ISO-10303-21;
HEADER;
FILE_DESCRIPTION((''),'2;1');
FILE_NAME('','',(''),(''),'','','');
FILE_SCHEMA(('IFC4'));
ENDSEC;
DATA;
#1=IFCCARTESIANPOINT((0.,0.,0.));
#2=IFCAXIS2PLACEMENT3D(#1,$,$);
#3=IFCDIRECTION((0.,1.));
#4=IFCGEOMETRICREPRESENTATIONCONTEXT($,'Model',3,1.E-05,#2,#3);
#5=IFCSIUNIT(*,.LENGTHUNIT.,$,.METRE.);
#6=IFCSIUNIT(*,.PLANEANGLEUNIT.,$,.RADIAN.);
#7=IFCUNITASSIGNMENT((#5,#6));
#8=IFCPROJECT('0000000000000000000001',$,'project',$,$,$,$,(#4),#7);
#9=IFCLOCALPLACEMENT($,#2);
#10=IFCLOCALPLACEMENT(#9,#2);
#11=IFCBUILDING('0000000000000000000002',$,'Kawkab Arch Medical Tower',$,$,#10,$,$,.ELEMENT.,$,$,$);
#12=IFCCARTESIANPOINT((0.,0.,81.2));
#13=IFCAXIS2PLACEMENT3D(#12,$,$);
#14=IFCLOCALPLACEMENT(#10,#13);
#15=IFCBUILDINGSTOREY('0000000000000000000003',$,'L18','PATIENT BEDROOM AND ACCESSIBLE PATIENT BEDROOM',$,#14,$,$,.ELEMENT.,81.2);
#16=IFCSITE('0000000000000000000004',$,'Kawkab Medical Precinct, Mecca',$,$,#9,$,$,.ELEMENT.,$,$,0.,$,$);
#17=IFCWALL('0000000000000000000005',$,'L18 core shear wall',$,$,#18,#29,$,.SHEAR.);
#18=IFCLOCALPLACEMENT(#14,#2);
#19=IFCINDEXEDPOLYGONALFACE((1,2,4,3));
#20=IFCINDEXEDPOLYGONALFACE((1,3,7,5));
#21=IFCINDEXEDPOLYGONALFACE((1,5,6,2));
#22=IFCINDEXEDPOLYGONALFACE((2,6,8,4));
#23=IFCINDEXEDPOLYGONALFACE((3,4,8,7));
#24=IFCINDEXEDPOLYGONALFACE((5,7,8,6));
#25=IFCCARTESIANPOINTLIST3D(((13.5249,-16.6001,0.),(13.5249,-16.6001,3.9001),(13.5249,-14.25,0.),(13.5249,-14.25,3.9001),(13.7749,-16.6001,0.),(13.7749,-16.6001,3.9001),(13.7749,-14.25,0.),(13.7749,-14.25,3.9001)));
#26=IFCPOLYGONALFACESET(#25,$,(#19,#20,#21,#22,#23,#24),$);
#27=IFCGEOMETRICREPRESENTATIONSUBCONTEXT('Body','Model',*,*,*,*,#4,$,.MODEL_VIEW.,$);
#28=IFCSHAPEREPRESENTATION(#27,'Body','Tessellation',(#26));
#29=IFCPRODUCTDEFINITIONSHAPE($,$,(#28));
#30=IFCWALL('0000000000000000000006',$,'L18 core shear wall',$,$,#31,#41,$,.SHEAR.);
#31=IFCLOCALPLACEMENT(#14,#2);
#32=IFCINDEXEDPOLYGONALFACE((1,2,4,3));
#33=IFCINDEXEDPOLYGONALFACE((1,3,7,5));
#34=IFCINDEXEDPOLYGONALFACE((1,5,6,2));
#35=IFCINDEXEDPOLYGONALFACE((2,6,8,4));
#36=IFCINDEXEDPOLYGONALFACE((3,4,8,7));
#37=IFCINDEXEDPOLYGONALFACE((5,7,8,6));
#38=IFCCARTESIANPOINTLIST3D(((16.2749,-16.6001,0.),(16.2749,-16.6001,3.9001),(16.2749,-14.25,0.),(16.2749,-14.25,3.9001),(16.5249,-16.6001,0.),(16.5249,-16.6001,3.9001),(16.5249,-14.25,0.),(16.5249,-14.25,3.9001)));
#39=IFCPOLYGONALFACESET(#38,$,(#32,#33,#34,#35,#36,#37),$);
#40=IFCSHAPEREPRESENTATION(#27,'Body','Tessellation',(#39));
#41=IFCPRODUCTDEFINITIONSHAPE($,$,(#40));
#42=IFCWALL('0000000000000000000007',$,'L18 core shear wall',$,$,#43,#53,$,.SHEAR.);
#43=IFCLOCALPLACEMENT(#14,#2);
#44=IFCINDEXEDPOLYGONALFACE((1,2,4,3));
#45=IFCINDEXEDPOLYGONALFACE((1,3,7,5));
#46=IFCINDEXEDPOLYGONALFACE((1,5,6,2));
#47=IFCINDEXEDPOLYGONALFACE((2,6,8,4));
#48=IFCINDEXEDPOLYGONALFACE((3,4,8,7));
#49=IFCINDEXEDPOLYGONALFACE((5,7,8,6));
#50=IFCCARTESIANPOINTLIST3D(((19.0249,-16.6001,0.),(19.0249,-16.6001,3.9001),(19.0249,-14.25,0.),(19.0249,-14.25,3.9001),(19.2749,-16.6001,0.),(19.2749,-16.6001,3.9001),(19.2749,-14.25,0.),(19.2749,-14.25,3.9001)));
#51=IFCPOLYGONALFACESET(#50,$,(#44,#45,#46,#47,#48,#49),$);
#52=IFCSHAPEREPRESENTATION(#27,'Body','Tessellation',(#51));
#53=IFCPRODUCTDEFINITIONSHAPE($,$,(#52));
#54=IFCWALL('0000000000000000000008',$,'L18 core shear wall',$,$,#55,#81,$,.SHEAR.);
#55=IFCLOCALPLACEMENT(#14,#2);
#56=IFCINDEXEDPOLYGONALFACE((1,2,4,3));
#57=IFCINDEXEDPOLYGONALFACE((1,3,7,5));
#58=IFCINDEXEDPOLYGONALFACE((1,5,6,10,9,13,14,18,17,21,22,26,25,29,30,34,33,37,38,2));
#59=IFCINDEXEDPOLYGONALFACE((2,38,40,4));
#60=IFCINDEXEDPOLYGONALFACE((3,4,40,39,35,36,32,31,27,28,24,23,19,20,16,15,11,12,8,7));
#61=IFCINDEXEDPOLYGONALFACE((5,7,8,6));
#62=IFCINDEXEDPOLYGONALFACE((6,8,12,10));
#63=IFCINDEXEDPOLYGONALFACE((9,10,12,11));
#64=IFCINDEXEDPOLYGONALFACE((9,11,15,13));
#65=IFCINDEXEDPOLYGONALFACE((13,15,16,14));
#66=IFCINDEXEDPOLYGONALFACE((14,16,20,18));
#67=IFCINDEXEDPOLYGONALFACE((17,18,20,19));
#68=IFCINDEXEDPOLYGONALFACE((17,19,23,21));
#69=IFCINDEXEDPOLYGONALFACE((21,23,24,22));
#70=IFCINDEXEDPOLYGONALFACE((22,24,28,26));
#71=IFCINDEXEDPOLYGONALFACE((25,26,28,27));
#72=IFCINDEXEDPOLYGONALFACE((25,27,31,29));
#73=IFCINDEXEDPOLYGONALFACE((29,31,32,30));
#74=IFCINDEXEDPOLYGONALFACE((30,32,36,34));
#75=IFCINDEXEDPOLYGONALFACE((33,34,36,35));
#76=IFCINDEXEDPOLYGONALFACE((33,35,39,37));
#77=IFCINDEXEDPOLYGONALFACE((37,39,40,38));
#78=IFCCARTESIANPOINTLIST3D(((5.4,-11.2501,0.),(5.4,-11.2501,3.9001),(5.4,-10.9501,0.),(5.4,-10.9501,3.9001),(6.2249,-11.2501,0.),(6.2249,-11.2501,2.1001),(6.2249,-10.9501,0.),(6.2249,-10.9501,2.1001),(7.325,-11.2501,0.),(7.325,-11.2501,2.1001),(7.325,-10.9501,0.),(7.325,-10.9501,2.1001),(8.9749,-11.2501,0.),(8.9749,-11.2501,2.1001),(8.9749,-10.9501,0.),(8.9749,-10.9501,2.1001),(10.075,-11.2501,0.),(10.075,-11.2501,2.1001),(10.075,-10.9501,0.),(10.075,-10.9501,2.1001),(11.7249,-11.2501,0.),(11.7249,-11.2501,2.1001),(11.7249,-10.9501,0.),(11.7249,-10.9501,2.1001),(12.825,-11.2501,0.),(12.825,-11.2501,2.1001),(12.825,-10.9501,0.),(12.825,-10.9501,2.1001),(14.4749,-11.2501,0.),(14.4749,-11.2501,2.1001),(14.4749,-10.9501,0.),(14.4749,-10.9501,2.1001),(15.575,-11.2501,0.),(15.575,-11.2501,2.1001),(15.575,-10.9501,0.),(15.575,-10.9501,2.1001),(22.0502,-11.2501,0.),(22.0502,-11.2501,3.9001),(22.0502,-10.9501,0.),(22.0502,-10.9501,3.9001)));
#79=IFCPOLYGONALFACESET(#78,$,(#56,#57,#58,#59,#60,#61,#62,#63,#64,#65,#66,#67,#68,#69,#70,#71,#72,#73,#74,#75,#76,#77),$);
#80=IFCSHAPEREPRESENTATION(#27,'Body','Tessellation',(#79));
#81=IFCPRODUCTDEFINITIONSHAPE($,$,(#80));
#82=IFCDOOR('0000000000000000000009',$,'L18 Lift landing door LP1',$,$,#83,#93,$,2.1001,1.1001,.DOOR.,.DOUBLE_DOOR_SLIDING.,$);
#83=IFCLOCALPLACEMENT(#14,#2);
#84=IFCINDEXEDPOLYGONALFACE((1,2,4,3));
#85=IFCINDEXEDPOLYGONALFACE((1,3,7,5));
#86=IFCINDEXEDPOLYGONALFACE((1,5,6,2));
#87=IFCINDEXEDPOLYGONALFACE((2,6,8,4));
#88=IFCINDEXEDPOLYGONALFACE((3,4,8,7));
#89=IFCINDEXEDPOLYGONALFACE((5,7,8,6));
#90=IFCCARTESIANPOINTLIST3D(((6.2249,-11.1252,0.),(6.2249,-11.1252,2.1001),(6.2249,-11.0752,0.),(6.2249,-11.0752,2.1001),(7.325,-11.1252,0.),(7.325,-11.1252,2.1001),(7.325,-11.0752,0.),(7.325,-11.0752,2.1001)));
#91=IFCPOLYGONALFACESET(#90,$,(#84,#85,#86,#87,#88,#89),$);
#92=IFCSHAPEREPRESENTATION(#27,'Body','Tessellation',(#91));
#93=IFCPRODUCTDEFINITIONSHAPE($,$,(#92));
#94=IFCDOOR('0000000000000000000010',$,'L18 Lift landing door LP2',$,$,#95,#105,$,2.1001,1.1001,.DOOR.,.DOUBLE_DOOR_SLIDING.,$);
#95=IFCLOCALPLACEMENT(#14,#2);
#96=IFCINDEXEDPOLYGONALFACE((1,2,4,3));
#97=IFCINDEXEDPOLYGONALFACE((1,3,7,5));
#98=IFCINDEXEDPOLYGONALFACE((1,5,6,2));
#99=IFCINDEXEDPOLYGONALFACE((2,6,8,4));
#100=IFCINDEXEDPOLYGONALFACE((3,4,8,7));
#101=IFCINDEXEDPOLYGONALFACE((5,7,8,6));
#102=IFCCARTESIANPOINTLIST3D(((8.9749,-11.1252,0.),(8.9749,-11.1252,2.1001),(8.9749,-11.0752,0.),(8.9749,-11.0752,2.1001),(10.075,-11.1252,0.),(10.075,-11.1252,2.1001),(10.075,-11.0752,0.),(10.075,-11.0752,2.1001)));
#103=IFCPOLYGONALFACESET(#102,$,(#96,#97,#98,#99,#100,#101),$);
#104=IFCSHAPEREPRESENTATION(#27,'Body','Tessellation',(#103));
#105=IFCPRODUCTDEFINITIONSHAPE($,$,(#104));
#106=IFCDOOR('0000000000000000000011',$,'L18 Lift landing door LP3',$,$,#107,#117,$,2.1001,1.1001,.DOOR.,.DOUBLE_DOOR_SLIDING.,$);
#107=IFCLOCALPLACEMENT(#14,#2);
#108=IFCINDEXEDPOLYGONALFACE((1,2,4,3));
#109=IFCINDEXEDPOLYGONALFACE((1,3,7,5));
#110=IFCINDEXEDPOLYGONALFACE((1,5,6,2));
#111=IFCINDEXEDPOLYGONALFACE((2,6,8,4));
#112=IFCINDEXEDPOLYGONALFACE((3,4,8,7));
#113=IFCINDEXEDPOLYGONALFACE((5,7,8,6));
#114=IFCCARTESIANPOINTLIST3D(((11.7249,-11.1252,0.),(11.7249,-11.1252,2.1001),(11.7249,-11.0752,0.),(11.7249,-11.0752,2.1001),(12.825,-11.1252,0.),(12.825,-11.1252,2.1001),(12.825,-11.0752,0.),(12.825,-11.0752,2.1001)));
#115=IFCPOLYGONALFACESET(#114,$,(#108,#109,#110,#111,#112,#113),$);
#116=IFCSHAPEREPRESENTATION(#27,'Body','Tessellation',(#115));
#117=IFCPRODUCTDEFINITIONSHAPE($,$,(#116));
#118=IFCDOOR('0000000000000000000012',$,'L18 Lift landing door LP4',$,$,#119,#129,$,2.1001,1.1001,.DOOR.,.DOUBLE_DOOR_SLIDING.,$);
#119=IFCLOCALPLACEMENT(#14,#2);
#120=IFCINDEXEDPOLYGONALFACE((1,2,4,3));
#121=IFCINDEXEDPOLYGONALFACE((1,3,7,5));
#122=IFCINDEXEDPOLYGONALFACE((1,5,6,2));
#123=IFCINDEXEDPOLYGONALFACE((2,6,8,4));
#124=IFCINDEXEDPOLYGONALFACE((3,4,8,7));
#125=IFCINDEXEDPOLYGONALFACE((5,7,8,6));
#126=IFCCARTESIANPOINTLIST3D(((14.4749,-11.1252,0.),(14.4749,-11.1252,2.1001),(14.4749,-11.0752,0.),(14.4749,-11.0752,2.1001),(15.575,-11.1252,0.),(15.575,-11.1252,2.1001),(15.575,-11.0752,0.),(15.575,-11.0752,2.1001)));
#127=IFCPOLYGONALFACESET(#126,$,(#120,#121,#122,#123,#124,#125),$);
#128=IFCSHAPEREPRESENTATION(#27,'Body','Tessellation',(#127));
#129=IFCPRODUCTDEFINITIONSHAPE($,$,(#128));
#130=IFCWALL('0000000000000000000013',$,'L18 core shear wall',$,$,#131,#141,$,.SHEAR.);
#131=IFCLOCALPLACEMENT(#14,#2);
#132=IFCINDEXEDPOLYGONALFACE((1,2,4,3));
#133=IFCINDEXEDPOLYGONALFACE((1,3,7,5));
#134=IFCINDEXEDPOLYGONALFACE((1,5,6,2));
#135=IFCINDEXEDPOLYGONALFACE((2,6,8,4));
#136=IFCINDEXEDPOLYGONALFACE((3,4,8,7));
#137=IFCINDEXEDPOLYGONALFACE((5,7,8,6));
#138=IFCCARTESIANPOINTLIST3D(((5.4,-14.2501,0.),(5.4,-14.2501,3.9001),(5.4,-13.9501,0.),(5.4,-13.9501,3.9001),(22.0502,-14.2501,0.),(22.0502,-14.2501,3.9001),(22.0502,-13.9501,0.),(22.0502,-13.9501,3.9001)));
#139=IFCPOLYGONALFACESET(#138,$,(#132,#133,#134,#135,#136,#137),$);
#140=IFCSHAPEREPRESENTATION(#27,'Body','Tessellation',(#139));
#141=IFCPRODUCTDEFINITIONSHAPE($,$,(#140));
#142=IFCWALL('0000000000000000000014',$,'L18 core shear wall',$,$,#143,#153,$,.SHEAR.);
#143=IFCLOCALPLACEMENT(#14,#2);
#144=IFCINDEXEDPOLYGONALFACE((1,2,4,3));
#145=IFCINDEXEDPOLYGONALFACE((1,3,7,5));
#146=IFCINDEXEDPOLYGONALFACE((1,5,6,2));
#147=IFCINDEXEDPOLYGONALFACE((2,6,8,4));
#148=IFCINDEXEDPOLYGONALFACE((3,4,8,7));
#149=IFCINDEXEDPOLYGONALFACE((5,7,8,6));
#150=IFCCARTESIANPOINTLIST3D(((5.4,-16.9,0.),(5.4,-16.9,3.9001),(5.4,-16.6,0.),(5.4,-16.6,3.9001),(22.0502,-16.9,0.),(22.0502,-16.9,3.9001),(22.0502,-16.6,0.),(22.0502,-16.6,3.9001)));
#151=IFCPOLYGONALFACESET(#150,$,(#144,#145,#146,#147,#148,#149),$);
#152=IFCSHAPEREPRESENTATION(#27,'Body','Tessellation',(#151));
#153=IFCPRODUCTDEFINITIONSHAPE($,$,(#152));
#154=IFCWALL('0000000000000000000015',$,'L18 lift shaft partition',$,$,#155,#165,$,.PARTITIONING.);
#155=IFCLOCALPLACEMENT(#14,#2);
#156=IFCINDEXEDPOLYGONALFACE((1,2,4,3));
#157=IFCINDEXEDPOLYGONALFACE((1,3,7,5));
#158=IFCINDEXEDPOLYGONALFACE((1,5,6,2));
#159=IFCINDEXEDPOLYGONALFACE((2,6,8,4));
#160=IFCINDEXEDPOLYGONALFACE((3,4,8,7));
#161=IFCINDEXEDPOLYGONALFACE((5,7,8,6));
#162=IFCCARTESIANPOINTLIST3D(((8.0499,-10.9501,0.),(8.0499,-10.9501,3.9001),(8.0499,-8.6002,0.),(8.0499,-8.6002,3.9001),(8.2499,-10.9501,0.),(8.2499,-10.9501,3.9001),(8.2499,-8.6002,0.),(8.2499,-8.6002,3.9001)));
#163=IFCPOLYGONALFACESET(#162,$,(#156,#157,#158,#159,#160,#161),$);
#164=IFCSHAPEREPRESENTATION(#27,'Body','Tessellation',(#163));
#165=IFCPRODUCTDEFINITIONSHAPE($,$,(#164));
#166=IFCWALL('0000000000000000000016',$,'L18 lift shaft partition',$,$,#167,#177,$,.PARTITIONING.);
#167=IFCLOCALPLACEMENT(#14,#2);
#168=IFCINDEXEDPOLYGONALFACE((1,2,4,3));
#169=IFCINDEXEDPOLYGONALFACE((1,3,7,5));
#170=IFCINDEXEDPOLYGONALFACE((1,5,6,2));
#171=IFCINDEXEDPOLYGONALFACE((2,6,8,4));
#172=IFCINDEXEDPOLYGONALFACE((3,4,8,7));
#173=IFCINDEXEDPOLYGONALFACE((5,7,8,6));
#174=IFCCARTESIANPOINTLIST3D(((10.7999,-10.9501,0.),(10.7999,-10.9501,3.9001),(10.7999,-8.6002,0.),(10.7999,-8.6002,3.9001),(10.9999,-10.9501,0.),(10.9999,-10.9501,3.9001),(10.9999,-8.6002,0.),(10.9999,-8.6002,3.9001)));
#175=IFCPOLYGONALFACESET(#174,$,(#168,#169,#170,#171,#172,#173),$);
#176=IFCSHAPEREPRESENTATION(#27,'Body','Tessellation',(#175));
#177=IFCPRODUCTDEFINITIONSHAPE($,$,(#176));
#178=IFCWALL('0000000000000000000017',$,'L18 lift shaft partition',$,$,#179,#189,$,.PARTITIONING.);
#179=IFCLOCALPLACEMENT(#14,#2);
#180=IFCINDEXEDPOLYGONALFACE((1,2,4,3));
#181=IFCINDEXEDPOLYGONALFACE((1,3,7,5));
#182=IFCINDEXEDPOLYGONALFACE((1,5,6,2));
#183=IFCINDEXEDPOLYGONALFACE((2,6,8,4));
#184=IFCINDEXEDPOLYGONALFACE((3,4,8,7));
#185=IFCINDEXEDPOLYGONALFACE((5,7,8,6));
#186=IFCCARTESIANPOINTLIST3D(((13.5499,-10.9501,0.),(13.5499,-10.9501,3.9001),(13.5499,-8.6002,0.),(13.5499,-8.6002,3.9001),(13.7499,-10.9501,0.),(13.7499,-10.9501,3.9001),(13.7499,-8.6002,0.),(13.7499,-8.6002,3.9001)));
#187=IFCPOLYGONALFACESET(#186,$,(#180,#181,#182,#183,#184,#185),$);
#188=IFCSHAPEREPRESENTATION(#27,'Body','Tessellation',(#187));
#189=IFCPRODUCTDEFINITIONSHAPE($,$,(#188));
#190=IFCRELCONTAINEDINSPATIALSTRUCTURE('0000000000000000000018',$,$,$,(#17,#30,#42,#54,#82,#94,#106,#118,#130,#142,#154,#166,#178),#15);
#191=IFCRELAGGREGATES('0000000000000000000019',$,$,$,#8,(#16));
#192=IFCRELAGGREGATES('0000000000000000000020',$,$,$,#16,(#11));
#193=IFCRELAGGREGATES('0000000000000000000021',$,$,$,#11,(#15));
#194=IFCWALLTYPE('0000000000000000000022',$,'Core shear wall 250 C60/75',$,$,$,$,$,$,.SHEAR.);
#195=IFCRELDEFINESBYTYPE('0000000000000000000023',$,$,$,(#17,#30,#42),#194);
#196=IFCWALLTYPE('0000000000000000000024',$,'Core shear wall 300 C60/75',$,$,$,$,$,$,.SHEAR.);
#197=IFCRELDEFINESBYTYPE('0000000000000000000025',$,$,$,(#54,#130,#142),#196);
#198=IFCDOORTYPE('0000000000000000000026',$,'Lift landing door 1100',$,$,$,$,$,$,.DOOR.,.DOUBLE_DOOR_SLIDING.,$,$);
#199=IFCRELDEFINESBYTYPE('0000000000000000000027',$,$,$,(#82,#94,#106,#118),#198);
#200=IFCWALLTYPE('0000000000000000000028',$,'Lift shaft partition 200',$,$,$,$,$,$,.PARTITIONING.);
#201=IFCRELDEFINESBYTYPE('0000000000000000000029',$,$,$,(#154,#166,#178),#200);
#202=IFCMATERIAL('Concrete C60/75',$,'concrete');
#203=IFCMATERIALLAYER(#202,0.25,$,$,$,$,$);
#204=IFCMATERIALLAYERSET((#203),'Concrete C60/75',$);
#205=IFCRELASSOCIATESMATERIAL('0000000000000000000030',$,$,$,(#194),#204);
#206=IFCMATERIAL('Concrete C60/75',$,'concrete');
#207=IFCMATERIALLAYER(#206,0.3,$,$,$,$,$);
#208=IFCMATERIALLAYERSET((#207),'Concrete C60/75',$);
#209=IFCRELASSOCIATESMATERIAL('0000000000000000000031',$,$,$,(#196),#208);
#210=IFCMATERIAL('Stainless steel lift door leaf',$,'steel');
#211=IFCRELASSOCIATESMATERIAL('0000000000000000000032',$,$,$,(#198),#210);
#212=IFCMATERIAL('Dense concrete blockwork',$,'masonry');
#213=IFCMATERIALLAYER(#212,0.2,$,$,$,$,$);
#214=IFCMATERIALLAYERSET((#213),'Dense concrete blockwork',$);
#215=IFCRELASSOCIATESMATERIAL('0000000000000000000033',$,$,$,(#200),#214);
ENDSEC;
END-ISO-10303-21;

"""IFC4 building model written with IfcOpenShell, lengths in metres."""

from ifc_helpers import new_model, si_unit, direction, frame, frame_2d, origin, place, context, subcontext, project, spatial, rectangle, extrude, material, layer, layer_set, type_object, element, fill, save


model = new_model("IFC4")

# Units and contexts
model_context = context("Model", 3, precision=1e-05, world=origin(), true_north=direction((0.0, 1.0)))
body_context = subcontext(model_context, "Body", "Model", "MODEL_VIEW")
ifc_project = project(units=[si_unit("LENGTHUNIT", "METRE"), si_unit("PLANEANGLEUNIT", "RADIAN")], contexts=[model_context])

# Site, building, storey
site_placement = place(None, origin())
site = spatial("IfcSite", under=ifc_project, at=site_placement, Name="Kawkab Medical Precinct, Mecca", CompositionType="ELEMENT", RefElevation=0.0)
building_placement = place(site_placement, origin())
building = spatial("IfcBuilding", under=site, at=building_placement, Name="Kawkab Arch Medical Tower", CompositionType="ELEMENT")
storey_placement = place(building_placement, frame((0.0, 0.0, 81.2)))
storey = spatial("IfcBuildingStorey", under=building, at=storey_placement, Name="L18", Description="PATIENT BEDROOM AND ACCESSIBLE PATIENT BEDROOM", CompositionType="ELEMENT", Elevation=81.2)

# Walls
ifc_material_1 = material(Name="Concrete C60/75", Category="concrete")
ifc_layer_1 = layer(ifc_material_1, 0.25)
ifc_layer_set_1 = layer_set([ifc_layer_1], Name="Concrete C60/75")
wall_type_1 = type_object("IfcWallType", Name="Core shear wall 250 C60/75", PredefinedType="SHEAR", material=ifc_layer_set_1)
for number, where, z_axis, x_axis, name in (
    (1, (13.6499, -16.6001, 0.0), (0.0, 0.0, 1.0), (0.0, 1.0, 0.0), "L18 core shear wall"),
    (2, (16.3999, -16.6001, 0.0), (0.0, 0.0, 1.0), (0.0, 1.0, 0.0), "L18 core shear wall"),
    (3, (19.1499, -16.6001, 0.0), (0.0, 0.0, 1.0), (0.0, 1.0, 0.0), "L18 core shear wall"),
):
    element("IfcWall", number, at=place(storey_placement, frame(where, z_axis=z_axis, x_axis=x_axis)), inside=storey, type_object=wall_type_1, Name=name, PredefinedType="SHEAR", context=body_context, shape_type="SweptSolid", body=[
        extrude(rectangle(XDim=2.3501, YDim=0.25, at=frame_2d((1.175, 0.0))), origin(), (0.0, 0.0, 1.0), 3.9001),
    ])

# Wall, openings, doors
ifc_material_2 = material(Name="Concrete C60/75", Category="concrete")
ifc_layer_2 = layer(ifc_material_2, 0.3)
ifc_layer_set_2 = layer_set([ifc_layer_2], Name="Concrete C60/75")
wall_type_2 = type_object("IfcWallType", Name="Core shear wall 300 C60/75", PredefinedType="SHEAR", material=ifc_layer_set_2)
wall_placement = place(storey_placement, frame((5.3999, -11.1001, 0.0), z_axis=(0.0, 0.0, 1.0), x_axis=(1.0, 0.0, 0.0)))
wall = element("IfcWall", 4, at=wall_placement, inside=storey, type_object=wall_type_2, Name="L18 core shear wall", PredefinedType="SHEAR", context=body_context, shape_type="SweptSolid", body=[
    extrude(rectangle(XDim=16.6501, YDim=0.3, at=frame_2d((8.3252, 0.0))), origin(), (0.0, 0.0, 1.0), 3.9001),
])
opening_1_placement = place(wall_placement, frame((0.825, 0.0, 0.0)))
opening_1 = element("IfcOpeningElement", 5, at=opening_1_placement, cuts=wall, PredefinedType="OPENING", context=body_context, shape_type="SweptSolid", body=[
    extrude(rectangle(XDim=1.1001, YDim=2.1001, at=frame_2d((0.55, 1.05))), frame((0.0, 0.1599, 0.0), z_axis=(0.0, -1.0, 0.0), x_axis=(1.0, 0.0, 0.0)), (0.0, 0.0, 1.0), 0.3201),
])
opening_2_placement = place(wall_placement, frame((3.575, 0.0, 0.0)))
opening_2 = element("IfcOpeningElement", 6, at=opening_2_placement, cuts=wall, PredefinedType="OPENING", context=body_context, shape_type="SweptSolid", body=[
    extrude(rectangle(XDim=1.1001, YDim=2.1001, at=frame_2d((0.55, 1.05))), frame((0.0, 0.1599, 0.0), z_axis=(0.0, -1.0, 0.0), x_axis=(1.0, 0.0, 0.0)), (0.0, 0.0, 1.0), 0.3201),
])
opening_3_placement = place(wall_placement, frame((6.325, 0.0, 0.0)))
opening_3 = element("IfcOpeningElement", 7, at=opening_3_placement, cuts=wall, PredefinedType="OPENING", context=body_context, shape_type="SweptSolid", body=[
    extrude(rectangle(XDim=1.1001, YDim=2.1001, at=frame_2d((0.55, 1.05))), frame((0.0, 0.1599, 0.0), z_axis=(0.0, -1.0, 0.0), x_axis=(1.0, 0.0, 0.0)), (0.0, 0.0, 1.0), 0.3201),
])
opening_4_placement = place(wall_placement, frame((9.075, 0.0, 0.0)))
opening_4 = element("IfcOpeningElement", 8, at=opening_4_placement, cuts=wall, PredefinedType="OPENING", context=body_context, shape_type="SweptSolid", body=[
    extrude(rectangle(XDim=1.1001, YDim=2.1001, at=frame_2d((0.55, 1.05))), frame((0.0, 0.1599, 0.0), z_axis=(0.0, -1.0, 0.0), x_axis=(1.0, 0.0, 0.0)), (0.0, 0.0, 1.0), 0.3201),
])
ifc_material_3 = material(Name="Stainless steel lift door leaf", Category="steel")
door_type = type_object("IfcDoorType", Name="Lift landing door 1100", OperationType="DOUBLE_DOOR_SLIDING", PredefinedType="DOOR", material=ifc_material_3)
door_1_placement = place(opening_1_placement, origin())
door_1 = element("IfcDoor", 9, at=door_1_placement, inside=storey, type_object=door_type, Name="L18 Lift landing door LP1", OperationType="DOUBLE_DOOR_SLIDING", OverallHeight=2.1001, OverallWidth=1.1001, PredefinedType="DOOR", context=body_context, shape_type="SweptSolid", body=[
    extrude(rectangle(XDim=1.1001, YDim=2.1001, at=frame_2d((0.55, 1.05))), frame((0.0, 0.0249, 0.0), z_axis=(0.0, -1.0, 0.0), x_axis=(1.0, 0.0, 0.0)), (0.0, 0.0, 1.0), 0.05),
])
fill(opening_1, door_1)
door_2_placement = place(opening_2_placement, origin())
door_2 = element("IfcDoor", 10, at=door_2_placement, inside=storey, type_object=door_type, Name="L18 Lift landing door LP2", OperationType="DOUBLE_DOOR_SLIDING", OverallHeight=2.1001, OverallWidth=1.1001, PredefinedType="DOOR", context=body_context, shape_type="SweptSolid", body=[
    extrude(rectangle(XDim=1.1001, YDim=2.1001, at=frame_2d((0.55, 1.05))), frame((0.0, 0.0249, 0.0), z_axis=(0.0, -1.0, 0.0), x_axis=(1.0, 0.0, 0.0)), (0.0, 0.0, 1.0), 0.05),
])
fill(opening_2, door_2)
door_3_placement = place(opening_3_placement, origin())
door_3 = element("IfcDoor", 11, at=door_3_placement, inside=storey, type_object=door_type, Name="L18 Lift landing door LP3", OperationType="DOUBLE_DOOR_SLIDING", OverallHeight=2.1001, OverallWidth=1.1001, PredefinedType="DOOR", context=body_context, shape_type="SweptSolid", body=[
    extrude(rectangle(XDim=1.1001, YDim=2.1001, at=frame_2d((0.55, 1.05))), frame((0.0, 0.0249, 0.0), z_axis=(0.0, -1.0, 0.0), x_axis=(1.0, 0.0, 0.0)), (0.0, 0.0, 1.0), 0.05),
])
fill(opening_3, door_3)
door_4_placement = place(opening_4_placement, origin())
door_4 = element("IfcDoor", 12, at=door_4_placement, inside=storey, type_object=door_type, Name="L18 Lift landing door LP4", OperationType="DOUBLE_DOOR_SLIDING", OverallHeight=2.1001, OverallWidth=1.1001, PredefinedType="DOOR", context=body_context, shape_type="SweptSolid", body=[
    extrude(rectangle(XDim=1.1001, YDim=2.1001, at=frame_2d((0.55, 1.05))), frame((0.0, 0.0249, 0.0), z_axis=(0.0, -1.0, 0.0), x_axis=(1.0, 0.0, 0.0)), (0.0, 0.0, 1.0), 0.05),
])
fill(opening_4, door_4)

# Walls
for number, where, z_axis, x_axis, name in (
    (13, (5.3999, -14.1001, 0.0), (0.0, 0.0, 1.0), (1.0, 0.0, 0.0), "L18 core shear wall"),
    (14, (5.3999, -16.75, 0.0), (0.0, 0.0, 1.0), (1.0, 0.0, 0.0), "L18 core shear wall"),
):
    element("IfcWall", number, at=place(storey_placement, frame(where, z_axis=z_axis, x_axis=x_axis)), inside=storey, type_object=wall_type_2, Name=name, PredefinedType="SHEAR", context=body_context, shape_type="SweptSolid", body=[
        extrude(rectangle(XDim=16.6501, YDim=0.3, at=frame_2d((8.3252, 0.0))), origin(), (0.0, 0.0, 1.0), 3.9001),
    ])
ifc_material_4 = material(Name="Dense concrete blockwork", Category="masonry")
ifc_layer_3 = layer(ifc_material_4, 0.2)
ifc_layer_set_3 = layer_set([ifc_layer_3], Name="Dense concrete blockwork")
wall_type_3 = type_object("IfcWallType", Name="Lift shaft partition 200", PredefinedType="PARTITIONING", material=ifc_layer_set_3)
for number, where, z_axis, x_axis, name in (
    (15, (8.1499, -10.95, 0.0), (0.0, 0.0, 1.0), (0.0, 1.0, 0.0), "L18 lift shaft partition"),
    (16, (10.8999, -10.95, 0.0), (0.0, 0.0, 1.0), (0.0, 1.0, 0.0), "L18 lift shaft partition"),
    (17, (13.6499, -10.95, 0.0), (0.0, 0.0, 1.0), (0.0, 1.0, 0.0), "L18 lift shaft partition"),
):
    element("IfcWall", number, at=place(storey_placement, frame(where, z_axis=z_axis, x_axis=x_axis)), inside=storey, type_object=wall_type_3, Name=name, PredefinedType="PARTITIONING", context=body_context, shape_type="SweptSolid", body=[
        extrude(rectangle(XDim=2.3499, YDim=0.2, at=frame_2d((1.1748, 0.0))), origin(), (0.0, 0.0, 1.0), 3.9001),
    ])

save(model, "model.ifc")
